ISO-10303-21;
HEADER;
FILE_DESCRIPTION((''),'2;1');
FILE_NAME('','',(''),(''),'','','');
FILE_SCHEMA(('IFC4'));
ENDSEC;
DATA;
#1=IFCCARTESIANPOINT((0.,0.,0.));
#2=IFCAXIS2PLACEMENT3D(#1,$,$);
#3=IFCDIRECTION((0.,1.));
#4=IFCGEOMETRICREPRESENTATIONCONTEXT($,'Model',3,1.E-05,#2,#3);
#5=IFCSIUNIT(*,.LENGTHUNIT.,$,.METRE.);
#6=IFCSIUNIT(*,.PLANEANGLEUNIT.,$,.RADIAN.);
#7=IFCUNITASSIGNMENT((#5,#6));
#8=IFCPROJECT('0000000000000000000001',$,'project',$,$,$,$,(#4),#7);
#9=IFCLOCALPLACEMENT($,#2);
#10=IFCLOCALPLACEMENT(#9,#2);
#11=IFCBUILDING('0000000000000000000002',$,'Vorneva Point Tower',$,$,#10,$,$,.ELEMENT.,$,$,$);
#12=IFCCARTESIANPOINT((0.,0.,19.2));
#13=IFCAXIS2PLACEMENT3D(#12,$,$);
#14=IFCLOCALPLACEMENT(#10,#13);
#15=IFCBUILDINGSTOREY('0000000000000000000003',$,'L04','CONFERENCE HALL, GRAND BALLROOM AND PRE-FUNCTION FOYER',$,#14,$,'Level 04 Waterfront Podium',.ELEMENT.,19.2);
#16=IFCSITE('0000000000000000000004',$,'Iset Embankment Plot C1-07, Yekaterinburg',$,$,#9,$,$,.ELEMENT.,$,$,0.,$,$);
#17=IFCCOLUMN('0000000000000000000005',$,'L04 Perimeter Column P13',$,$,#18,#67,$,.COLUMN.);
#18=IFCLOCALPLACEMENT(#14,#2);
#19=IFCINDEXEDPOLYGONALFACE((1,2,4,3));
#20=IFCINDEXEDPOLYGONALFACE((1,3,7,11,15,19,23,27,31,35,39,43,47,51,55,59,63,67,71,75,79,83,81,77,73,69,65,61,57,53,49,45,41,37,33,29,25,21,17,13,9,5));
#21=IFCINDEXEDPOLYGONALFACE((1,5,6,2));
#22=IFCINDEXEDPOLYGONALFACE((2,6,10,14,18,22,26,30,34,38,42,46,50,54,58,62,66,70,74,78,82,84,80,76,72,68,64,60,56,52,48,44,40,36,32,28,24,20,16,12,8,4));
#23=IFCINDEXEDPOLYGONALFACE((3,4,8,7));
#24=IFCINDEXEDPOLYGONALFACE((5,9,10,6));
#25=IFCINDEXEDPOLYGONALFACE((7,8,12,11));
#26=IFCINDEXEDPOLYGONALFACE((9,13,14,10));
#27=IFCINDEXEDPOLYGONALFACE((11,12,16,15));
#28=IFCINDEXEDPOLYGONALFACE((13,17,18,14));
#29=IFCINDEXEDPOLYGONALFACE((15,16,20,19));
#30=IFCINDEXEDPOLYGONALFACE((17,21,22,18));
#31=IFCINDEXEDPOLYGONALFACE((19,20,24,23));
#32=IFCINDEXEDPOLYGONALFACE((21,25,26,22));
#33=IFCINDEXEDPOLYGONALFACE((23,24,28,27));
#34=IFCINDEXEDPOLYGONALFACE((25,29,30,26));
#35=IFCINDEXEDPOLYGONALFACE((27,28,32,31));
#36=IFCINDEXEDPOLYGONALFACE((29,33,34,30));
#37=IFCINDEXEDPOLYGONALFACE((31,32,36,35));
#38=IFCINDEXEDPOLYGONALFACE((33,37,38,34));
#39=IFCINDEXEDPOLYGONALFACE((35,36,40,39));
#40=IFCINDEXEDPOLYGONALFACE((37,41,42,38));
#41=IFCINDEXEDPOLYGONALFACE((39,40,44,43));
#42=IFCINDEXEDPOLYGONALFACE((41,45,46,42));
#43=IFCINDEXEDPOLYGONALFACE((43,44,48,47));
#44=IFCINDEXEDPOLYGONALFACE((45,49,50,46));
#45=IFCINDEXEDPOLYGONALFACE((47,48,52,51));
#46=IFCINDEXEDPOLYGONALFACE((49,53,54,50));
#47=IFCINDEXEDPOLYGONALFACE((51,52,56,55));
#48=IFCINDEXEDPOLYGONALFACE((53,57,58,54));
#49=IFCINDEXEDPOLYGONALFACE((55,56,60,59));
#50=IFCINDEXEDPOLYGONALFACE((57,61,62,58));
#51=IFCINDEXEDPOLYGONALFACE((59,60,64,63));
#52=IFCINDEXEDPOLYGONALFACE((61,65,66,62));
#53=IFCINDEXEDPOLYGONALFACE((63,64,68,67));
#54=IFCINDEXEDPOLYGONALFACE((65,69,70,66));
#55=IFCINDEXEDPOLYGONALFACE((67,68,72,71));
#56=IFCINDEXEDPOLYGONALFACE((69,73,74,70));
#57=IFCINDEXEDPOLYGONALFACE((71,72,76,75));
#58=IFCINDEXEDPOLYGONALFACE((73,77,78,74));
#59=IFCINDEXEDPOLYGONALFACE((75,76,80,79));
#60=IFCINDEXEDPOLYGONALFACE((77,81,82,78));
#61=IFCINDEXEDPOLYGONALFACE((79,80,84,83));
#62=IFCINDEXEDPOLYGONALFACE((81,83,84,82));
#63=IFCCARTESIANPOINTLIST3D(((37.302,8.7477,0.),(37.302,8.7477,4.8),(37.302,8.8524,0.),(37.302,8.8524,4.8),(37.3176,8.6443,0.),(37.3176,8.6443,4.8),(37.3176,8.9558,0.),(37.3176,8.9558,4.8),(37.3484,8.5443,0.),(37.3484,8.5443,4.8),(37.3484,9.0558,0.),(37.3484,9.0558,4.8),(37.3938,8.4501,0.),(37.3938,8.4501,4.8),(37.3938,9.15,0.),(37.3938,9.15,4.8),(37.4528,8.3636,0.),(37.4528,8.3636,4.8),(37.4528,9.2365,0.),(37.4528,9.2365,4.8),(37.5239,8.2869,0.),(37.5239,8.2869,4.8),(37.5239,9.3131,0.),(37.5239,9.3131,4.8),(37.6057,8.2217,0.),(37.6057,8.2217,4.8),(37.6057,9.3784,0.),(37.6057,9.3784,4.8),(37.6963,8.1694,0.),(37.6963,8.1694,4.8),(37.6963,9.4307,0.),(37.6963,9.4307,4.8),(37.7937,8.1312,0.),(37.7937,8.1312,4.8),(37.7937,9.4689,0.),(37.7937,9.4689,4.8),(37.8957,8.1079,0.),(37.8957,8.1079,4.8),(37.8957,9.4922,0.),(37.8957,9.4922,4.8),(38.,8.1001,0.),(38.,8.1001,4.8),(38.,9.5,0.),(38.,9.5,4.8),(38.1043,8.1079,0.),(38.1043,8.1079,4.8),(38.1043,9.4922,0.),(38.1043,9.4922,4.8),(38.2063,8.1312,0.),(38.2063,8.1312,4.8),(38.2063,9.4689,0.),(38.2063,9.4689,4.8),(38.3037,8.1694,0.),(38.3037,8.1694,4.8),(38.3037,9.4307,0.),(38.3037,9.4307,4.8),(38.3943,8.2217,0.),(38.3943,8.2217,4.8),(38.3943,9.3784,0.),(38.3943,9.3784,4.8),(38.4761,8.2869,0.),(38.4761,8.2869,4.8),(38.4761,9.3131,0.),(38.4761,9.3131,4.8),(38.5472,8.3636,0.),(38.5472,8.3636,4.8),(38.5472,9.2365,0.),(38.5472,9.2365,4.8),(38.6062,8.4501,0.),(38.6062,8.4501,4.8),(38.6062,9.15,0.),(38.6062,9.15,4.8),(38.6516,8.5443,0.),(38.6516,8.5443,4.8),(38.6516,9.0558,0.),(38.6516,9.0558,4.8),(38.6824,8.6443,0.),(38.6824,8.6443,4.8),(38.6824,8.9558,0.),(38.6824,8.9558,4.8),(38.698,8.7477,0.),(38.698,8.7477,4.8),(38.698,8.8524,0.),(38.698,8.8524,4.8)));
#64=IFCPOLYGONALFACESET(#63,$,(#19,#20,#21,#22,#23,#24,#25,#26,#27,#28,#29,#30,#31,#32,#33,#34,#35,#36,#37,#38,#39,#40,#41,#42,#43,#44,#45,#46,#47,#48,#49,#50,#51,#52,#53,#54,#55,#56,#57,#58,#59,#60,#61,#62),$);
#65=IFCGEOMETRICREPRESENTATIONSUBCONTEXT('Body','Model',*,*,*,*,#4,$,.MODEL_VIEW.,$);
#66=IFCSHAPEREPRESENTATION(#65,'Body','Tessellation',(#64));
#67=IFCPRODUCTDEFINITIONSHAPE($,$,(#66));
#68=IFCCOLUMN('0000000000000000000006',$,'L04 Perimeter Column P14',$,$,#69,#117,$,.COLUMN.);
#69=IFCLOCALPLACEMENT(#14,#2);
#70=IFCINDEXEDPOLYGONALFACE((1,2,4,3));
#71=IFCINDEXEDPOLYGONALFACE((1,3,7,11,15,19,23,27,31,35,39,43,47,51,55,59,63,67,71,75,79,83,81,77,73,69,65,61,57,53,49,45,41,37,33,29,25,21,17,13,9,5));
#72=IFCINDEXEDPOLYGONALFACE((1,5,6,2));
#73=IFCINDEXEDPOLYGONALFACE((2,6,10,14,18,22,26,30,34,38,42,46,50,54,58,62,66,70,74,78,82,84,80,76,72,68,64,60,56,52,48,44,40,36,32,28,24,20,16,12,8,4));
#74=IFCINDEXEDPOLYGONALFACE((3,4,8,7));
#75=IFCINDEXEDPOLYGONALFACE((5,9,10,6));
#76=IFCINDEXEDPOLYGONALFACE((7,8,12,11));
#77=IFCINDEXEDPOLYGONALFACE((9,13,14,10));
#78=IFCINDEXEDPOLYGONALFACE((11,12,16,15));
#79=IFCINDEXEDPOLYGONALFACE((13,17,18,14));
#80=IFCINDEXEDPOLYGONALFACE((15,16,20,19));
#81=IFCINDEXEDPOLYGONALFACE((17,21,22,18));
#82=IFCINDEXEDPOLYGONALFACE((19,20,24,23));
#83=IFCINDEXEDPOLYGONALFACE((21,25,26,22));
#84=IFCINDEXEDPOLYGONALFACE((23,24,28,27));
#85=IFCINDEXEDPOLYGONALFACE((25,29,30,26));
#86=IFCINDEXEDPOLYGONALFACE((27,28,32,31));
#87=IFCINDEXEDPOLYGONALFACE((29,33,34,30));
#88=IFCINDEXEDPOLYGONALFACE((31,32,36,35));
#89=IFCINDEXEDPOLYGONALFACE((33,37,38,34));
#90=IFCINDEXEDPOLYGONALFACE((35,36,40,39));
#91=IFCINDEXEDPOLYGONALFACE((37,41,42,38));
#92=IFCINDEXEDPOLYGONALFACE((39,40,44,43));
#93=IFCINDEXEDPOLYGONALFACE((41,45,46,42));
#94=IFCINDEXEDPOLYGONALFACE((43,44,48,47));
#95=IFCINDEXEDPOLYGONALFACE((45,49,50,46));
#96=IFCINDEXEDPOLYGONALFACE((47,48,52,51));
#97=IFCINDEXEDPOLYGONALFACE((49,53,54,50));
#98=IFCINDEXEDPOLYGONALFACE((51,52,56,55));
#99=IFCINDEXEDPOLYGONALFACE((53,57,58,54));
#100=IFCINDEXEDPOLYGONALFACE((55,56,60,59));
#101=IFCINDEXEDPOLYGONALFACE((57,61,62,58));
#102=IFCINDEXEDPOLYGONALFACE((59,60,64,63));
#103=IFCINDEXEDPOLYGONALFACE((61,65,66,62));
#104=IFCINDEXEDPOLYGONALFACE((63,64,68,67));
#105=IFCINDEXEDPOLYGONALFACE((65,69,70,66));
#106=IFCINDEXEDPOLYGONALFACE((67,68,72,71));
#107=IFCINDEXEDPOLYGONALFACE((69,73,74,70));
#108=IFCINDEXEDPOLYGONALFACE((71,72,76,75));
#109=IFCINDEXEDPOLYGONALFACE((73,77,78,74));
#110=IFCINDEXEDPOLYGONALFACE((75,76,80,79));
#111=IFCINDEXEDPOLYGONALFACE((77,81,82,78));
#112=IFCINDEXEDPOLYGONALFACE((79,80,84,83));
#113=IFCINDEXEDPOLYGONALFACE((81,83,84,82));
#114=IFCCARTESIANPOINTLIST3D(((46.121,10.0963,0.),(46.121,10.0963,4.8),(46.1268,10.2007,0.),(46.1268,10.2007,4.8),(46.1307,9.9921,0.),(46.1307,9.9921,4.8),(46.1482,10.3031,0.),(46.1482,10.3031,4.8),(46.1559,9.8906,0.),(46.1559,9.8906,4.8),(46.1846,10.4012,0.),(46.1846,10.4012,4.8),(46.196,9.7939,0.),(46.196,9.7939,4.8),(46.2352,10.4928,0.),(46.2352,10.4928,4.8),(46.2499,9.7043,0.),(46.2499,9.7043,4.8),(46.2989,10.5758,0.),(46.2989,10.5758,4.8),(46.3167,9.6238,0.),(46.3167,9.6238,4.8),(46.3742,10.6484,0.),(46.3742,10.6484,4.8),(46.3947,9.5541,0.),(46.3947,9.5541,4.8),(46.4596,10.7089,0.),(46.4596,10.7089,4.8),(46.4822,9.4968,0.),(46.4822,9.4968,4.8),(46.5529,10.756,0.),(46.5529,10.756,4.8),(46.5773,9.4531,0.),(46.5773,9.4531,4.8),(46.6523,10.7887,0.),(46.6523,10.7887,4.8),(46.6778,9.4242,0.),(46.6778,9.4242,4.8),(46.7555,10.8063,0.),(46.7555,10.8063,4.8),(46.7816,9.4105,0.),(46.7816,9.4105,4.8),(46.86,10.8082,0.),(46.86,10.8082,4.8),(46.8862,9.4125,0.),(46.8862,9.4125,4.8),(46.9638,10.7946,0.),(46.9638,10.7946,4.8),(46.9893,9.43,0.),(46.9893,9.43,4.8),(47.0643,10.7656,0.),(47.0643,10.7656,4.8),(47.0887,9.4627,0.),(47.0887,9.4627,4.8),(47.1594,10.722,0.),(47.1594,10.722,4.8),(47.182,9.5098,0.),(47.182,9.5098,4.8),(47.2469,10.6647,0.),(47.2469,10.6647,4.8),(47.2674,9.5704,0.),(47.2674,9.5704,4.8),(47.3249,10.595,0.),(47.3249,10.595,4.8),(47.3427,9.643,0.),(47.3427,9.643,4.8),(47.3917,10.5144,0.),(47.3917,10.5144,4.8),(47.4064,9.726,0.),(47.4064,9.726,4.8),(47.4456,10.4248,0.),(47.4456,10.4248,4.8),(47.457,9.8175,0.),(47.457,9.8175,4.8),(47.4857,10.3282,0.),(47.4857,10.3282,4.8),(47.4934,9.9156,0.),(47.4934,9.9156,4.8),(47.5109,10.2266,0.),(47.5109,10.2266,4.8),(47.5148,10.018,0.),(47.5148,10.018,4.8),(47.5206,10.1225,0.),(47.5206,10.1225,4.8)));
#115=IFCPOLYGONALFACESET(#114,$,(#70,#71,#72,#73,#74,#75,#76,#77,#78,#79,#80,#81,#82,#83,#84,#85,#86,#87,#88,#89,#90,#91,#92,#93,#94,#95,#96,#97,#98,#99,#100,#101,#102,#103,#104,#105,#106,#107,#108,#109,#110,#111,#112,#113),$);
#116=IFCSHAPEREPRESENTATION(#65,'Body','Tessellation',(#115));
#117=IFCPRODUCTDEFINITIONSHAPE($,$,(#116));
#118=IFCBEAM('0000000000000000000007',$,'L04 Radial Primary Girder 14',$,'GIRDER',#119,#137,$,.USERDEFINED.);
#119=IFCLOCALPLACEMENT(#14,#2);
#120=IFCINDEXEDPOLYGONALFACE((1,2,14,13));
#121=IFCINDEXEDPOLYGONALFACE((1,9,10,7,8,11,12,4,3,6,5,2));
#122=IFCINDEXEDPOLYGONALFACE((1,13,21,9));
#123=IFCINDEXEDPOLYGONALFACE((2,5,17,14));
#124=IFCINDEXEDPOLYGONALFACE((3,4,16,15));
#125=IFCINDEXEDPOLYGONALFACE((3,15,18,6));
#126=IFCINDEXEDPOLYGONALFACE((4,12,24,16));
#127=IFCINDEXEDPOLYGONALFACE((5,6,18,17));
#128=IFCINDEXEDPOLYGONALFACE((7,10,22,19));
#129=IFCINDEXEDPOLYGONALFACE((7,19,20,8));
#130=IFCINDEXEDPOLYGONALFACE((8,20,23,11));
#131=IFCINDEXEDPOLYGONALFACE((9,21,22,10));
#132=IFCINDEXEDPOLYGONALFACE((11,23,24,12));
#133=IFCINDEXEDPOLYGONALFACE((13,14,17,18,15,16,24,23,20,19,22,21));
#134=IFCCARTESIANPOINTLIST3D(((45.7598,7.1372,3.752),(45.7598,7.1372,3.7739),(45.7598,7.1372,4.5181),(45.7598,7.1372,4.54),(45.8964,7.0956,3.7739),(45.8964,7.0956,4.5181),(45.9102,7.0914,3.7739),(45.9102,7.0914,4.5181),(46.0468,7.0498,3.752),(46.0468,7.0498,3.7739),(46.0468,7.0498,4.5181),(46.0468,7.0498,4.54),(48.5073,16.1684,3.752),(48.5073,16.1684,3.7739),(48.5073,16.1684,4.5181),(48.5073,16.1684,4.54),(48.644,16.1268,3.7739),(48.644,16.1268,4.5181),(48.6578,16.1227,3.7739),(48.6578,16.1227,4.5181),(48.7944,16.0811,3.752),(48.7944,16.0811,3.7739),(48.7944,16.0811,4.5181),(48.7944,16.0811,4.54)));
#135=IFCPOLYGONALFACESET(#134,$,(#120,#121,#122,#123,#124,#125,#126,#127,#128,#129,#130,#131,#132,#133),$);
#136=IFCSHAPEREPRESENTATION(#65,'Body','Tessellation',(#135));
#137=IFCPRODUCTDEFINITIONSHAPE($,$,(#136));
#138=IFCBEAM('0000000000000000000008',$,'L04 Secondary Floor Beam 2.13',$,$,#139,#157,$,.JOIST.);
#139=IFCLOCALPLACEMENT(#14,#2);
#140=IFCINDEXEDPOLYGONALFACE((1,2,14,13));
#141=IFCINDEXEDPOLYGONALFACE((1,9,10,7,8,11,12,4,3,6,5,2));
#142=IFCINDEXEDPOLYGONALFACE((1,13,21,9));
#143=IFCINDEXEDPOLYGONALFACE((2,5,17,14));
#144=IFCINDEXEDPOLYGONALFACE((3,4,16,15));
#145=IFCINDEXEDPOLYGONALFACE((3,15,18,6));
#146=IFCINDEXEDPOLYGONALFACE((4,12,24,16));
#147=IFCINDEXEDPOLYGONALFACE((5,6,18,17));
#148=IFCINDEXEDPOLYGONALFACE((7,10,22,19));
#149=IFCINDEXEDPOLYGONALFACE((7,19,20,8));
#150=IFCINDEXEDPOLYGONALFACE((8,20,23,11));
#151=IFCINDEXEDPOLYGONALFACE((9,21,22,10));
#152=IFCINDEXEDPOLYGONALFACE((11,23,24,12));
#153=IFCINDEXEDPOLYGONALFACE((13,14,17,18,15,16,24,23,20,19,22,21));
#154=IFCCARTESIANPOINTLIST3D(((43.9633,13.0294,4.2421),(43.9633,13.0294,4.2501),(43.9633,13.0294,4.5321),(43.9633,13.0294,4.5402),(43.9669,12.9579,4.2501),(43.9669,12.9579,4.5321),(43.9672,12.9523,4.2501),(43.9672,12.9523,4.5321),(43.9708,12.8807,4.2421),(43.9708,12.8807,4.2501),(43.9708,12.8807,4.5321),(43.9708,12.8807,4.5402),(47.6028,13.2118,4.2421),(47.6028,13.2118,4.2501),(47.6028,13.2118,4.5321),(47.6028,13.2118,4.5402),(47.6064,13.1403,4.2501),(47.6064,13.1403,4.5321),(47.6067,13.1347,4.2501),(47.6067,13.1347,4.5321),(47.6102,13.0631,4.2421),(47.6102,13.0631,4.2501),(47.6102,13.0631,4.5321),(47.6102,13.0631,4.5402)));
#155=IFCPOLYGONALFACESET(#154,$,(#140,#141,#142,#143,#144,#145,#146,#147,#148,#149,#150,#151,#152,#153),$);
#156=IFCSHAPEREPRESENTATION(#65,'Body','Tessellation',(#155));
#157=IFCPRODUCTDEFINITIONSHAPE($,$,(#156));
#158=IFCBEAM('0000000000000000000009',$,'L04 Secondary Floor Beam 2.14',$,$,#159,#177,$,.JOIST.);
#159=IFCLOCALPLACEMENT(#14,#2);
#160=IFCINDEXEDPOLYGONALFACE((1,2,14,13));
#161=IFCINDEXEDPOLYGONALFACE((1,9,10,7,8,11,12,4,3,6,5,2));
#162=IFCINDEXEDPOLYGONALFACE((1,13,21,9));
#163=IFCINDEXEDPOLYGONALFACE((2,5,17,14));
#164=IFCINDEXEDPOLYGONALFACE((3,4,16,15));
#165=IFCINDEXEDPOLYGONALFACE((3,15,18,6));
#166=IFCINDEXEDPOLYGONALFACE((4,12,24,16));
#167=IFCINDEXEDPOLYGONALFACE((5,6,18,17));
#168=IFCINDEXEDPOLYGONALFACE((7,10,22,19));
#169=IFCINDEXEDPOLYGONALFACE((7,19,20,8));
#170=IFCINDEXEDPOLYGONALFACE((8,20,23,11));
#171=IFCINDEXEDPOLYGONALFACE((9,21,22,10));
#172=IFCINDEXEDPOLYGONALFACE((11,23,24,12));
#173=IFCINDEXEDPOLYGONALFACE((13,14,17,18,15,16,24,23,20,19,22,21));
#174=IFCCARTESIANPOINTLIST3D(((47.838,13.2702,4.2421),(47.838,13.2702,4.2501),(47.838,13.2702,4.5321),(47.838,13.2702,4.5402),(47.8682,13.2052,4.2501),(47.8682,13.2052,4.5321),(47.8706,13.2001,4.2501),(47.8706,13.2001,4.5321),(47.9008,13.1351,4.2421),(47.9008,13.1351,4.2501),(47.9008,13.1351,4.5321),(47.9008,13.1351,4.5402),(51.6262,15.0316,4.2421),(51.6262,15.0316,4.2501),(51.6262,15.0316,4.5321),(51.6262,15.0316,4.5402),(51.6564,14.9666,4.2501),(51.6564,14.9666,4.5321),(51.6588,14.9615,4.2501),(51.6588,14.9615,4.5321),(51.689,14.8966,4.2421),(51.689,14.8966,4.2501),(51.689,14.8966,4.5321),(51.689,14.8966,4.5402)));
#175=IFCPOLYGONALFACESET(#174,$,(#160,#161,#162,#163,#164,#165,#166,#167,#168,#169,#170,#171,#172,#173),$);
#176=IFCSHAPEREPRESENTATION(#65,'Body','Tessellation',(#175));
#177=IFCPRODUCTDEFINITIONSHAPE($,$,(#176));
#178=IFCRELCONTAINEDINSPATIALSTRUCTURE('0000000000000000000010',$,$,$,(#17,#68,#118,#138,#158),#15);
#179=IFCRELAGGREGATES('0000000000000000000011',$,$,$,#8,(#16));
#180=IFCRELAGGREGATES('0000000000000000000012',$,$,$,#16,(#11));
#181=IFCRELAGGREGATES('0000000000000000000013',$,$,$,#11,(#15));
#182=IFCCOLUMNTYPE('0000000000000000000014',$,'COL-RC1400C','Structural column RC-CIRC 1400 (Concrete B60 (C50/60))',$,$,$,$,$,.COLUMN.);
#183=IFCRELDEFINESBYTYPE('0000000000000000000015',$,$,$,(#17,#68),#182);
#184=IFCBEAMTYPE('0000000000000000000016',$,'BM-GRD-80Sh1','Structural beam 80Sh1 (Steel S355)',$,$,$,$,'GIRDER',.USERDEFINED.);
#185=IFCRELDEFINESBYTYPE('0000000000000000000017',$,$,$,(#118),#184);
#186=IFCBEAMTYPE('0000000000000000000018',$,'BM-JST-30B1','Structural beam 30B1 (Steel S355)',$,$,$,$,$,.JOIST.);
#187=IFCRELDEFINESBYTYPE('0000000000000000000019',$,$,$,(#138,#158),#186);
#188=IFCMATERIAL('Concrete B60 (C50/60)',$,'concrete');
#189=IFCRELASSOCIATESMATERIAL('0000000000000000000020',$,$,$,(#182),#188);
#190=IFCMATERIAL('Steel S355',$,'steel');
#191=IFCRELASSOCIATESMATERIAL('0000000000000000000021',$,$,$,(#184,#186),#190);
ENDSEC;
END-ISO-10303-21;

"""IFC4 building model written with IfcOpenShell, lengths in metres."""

from ifc_helpers import new_model, si_unit, direction, frame, origin, origin_2d, place, context, subcontext, project, spatial, circle, i_section, extrude, material, material_profile, profile_set, type_object, element, save


model = new_model("IFC4")

# Units and contexts
model_context = context("Model", 3, precision=1e-05, world=origin(), true_north=direction((0.0, 1.0)))
body_context = subcontext(model_context, "Body", "Model", "MODEL_VIEW")
ifc_project = project(units=[si_unit("LENGTHUNIT", "METRE"), si_unit("PLANEANGLEUNIT", "RADIAN")], contexts=[model_context])

# Site, building, storey
site_placement = place(None, origin())
site = spatial("IfcSite", under=ifc_project, at=site_placement, Name="Iset Embankment Plot C1-07, Yekaterinburg", CompositionType="ELEMENT", RefElevation=0.0)
building_placement = place(site_placement, origin())
building = spatial("IfcBuilding", under=site, at=building_placement, Name="Vorneva Point Tower", CompositionType="ELEMENT")
storey_placement = place(building_placement, frame((0.0, 0.0, 19.2)))
storey = spatial("IfcBuildingStorey", under=building, at=storey_placement, Name="L04", Description="CONFERENCE HALL, GRAND BALLROOM AND PRE-FUNCTION FOYER", LongName="Level 04 Waterfront Podium", CompositionType="ELEMENT", Elevation=19.2)

# Columns
ifc_material_1 = material(Name="Concrete B60 (C50/60)", Category="concrete")
ifc_material_profile_1 = material_profile(ifc_material_1, circle(Radius=0.7, at=origin_2d()), Name="RC-CIRC 1400")
ifc_profile_set_1 = profile_set([ifc_material_profile_1], Name="Concrete B60 (C50/60)")
column_type = type_object("IfcColumnType", Name="COL-RC1400C", Description="Structural column RC-CIRC 1400 (Concrete B60 (C50/60))", PredefinedType="COLUMN", material=ifc_profile_set_1)
for number, where, z_axis, x_axis, name in (
    (1, (38.0, 8.8, 0.0), (0.0, 0.0, 1.0), (0.0, -1.0, 0.0), "L04 Perimeter Column P13"),
    (2, (46.8208, 10.1094, 0.0), (0.0, 0.0, 1.0), (0.382683, -0.92388, 0.0), "L04 Perimeter Column P14"),
):
    element("IfcColumn", number, at=place(storey_placement, frame(where, z_axis=z_axis, x_axis=x_axis)), inside=storey, type_object=column_type, Name=name, PredefinedType="COLUMN", context=body_context, shape_type="SweptSolid", body=[
        extrude(circle(Radius=0.7, at=origin_2d()), origin(), (0.0, 0.0, 1.0), 4.8),
    ])

# Beams
ifc_material_2 = material(Name="Steel S355", Category="steel")
ifc_material_profile_2 = material_profile(ifc_material_2, i_section(OverallWidth=0.3, OverallDepth=0.7881, WebThickness=0.0144, FlangeThickness=0.022, at=origin_2d()), Name="80Sh1")
ifc_profile_set_2 = profile_set([ifc_material_profile_2], Name="Steel S355")
beam_type_1 = type_object("IfcBeamType", Name="BM-GRD-80Sh1", Description="Structural beam 80Sh1 (Steel S355)", ElementType="GIRDER", PredefinedType="USERDEFINED", material=ifc_profile_set_2)
beam_1_placement = place(storey_placement, frame((45.9033, 7.0935, 4.146), z_axis=(0.291057, 0.956706, 0.0), x_axis=(-0.956706, 0.291057, 0.0)))
element("IfcBeam", 3, at=beam_1_placement, inside=storey, type_object=beam_type_1, Name="L04 Radial Primary Girder 14", ObjectType="GIRDER", PredefinedType="USERDEFINED", context=body_context, shape_type="SweptSolid", body=[
    extrude(i_section(OverallWidth=0.3, OverallDepth=0.7881, WebThickness=0.0144, FlangeThickness=0.022, at=origin_2d()), origin(), (0.0, 0.0, 1.0), 9.4399),
])
ifc_material_profile_3 = material_profile(ifc_material_2, i_section(OverallWidth=0.1489, OverallDepth=0.2981, WebThickness=0.0056, FlangeThickness=0.0081, at=origin_2d()), Name="30B1")
ifc_profile_set_3 = profile_set([ifc_material_profile_3], Name="Steel S355")
beam_type_2 = type_object("IfcBeamType", Name="BM-JST-30B1", Description="Structural beam 30B1 (Steel S355)", PredefinedType="JOIST", material=ifc_profile_set_3)
beam_2_placement = place(storey_placement, frame((43.967, 12.9551, 4.3911), z_axis=(0.998747, 0.050048, 0.0), x_axis=(-0.050048, 0.998747, 0.0)))
element("IfcBeam", 4, at=beam_2_placement, inside=storey, type_object=beam_type_2, Name="L04 Secondary Floor Beam 2.13", PredefinedType="JOIST", context=body_context, shape_type="SweptSolid", body=[
    extrude(i_section(OverallWidth=0.1489, OverallDepth=0.2981, WebThickness=0.0056, FlangeThickness=0.0081, at=origin_2d()), origin(), (0.0, 0.0, 1.0), 3.644),
])
beam_3_placement = place(storey_placement, frame((47.8694, 13.2026, 4.3911), z_axis=(0.90677, 0.421625, 0.0), x_axis=(-0.421625, 0.90677, 0.0)))
element("IfcBeam", 5, at=beam_3_placement, inside=storey, type_object=beam_type_2, Name="L04 Secondary Floor Beam 2.14", PredefinedType="JOIST", context=body_context, shape_type="SweptSolid", body=[
    extrude(i_section(OverallWidth=0.1489, OverallDepth=0.2981, WebThickness=0.0056, FlangeThickness=0.0081, at=origin_2d()), origin(), (0.0, 0.0, 1.0), 4.1777),
])

save(model, "model.ifc")
